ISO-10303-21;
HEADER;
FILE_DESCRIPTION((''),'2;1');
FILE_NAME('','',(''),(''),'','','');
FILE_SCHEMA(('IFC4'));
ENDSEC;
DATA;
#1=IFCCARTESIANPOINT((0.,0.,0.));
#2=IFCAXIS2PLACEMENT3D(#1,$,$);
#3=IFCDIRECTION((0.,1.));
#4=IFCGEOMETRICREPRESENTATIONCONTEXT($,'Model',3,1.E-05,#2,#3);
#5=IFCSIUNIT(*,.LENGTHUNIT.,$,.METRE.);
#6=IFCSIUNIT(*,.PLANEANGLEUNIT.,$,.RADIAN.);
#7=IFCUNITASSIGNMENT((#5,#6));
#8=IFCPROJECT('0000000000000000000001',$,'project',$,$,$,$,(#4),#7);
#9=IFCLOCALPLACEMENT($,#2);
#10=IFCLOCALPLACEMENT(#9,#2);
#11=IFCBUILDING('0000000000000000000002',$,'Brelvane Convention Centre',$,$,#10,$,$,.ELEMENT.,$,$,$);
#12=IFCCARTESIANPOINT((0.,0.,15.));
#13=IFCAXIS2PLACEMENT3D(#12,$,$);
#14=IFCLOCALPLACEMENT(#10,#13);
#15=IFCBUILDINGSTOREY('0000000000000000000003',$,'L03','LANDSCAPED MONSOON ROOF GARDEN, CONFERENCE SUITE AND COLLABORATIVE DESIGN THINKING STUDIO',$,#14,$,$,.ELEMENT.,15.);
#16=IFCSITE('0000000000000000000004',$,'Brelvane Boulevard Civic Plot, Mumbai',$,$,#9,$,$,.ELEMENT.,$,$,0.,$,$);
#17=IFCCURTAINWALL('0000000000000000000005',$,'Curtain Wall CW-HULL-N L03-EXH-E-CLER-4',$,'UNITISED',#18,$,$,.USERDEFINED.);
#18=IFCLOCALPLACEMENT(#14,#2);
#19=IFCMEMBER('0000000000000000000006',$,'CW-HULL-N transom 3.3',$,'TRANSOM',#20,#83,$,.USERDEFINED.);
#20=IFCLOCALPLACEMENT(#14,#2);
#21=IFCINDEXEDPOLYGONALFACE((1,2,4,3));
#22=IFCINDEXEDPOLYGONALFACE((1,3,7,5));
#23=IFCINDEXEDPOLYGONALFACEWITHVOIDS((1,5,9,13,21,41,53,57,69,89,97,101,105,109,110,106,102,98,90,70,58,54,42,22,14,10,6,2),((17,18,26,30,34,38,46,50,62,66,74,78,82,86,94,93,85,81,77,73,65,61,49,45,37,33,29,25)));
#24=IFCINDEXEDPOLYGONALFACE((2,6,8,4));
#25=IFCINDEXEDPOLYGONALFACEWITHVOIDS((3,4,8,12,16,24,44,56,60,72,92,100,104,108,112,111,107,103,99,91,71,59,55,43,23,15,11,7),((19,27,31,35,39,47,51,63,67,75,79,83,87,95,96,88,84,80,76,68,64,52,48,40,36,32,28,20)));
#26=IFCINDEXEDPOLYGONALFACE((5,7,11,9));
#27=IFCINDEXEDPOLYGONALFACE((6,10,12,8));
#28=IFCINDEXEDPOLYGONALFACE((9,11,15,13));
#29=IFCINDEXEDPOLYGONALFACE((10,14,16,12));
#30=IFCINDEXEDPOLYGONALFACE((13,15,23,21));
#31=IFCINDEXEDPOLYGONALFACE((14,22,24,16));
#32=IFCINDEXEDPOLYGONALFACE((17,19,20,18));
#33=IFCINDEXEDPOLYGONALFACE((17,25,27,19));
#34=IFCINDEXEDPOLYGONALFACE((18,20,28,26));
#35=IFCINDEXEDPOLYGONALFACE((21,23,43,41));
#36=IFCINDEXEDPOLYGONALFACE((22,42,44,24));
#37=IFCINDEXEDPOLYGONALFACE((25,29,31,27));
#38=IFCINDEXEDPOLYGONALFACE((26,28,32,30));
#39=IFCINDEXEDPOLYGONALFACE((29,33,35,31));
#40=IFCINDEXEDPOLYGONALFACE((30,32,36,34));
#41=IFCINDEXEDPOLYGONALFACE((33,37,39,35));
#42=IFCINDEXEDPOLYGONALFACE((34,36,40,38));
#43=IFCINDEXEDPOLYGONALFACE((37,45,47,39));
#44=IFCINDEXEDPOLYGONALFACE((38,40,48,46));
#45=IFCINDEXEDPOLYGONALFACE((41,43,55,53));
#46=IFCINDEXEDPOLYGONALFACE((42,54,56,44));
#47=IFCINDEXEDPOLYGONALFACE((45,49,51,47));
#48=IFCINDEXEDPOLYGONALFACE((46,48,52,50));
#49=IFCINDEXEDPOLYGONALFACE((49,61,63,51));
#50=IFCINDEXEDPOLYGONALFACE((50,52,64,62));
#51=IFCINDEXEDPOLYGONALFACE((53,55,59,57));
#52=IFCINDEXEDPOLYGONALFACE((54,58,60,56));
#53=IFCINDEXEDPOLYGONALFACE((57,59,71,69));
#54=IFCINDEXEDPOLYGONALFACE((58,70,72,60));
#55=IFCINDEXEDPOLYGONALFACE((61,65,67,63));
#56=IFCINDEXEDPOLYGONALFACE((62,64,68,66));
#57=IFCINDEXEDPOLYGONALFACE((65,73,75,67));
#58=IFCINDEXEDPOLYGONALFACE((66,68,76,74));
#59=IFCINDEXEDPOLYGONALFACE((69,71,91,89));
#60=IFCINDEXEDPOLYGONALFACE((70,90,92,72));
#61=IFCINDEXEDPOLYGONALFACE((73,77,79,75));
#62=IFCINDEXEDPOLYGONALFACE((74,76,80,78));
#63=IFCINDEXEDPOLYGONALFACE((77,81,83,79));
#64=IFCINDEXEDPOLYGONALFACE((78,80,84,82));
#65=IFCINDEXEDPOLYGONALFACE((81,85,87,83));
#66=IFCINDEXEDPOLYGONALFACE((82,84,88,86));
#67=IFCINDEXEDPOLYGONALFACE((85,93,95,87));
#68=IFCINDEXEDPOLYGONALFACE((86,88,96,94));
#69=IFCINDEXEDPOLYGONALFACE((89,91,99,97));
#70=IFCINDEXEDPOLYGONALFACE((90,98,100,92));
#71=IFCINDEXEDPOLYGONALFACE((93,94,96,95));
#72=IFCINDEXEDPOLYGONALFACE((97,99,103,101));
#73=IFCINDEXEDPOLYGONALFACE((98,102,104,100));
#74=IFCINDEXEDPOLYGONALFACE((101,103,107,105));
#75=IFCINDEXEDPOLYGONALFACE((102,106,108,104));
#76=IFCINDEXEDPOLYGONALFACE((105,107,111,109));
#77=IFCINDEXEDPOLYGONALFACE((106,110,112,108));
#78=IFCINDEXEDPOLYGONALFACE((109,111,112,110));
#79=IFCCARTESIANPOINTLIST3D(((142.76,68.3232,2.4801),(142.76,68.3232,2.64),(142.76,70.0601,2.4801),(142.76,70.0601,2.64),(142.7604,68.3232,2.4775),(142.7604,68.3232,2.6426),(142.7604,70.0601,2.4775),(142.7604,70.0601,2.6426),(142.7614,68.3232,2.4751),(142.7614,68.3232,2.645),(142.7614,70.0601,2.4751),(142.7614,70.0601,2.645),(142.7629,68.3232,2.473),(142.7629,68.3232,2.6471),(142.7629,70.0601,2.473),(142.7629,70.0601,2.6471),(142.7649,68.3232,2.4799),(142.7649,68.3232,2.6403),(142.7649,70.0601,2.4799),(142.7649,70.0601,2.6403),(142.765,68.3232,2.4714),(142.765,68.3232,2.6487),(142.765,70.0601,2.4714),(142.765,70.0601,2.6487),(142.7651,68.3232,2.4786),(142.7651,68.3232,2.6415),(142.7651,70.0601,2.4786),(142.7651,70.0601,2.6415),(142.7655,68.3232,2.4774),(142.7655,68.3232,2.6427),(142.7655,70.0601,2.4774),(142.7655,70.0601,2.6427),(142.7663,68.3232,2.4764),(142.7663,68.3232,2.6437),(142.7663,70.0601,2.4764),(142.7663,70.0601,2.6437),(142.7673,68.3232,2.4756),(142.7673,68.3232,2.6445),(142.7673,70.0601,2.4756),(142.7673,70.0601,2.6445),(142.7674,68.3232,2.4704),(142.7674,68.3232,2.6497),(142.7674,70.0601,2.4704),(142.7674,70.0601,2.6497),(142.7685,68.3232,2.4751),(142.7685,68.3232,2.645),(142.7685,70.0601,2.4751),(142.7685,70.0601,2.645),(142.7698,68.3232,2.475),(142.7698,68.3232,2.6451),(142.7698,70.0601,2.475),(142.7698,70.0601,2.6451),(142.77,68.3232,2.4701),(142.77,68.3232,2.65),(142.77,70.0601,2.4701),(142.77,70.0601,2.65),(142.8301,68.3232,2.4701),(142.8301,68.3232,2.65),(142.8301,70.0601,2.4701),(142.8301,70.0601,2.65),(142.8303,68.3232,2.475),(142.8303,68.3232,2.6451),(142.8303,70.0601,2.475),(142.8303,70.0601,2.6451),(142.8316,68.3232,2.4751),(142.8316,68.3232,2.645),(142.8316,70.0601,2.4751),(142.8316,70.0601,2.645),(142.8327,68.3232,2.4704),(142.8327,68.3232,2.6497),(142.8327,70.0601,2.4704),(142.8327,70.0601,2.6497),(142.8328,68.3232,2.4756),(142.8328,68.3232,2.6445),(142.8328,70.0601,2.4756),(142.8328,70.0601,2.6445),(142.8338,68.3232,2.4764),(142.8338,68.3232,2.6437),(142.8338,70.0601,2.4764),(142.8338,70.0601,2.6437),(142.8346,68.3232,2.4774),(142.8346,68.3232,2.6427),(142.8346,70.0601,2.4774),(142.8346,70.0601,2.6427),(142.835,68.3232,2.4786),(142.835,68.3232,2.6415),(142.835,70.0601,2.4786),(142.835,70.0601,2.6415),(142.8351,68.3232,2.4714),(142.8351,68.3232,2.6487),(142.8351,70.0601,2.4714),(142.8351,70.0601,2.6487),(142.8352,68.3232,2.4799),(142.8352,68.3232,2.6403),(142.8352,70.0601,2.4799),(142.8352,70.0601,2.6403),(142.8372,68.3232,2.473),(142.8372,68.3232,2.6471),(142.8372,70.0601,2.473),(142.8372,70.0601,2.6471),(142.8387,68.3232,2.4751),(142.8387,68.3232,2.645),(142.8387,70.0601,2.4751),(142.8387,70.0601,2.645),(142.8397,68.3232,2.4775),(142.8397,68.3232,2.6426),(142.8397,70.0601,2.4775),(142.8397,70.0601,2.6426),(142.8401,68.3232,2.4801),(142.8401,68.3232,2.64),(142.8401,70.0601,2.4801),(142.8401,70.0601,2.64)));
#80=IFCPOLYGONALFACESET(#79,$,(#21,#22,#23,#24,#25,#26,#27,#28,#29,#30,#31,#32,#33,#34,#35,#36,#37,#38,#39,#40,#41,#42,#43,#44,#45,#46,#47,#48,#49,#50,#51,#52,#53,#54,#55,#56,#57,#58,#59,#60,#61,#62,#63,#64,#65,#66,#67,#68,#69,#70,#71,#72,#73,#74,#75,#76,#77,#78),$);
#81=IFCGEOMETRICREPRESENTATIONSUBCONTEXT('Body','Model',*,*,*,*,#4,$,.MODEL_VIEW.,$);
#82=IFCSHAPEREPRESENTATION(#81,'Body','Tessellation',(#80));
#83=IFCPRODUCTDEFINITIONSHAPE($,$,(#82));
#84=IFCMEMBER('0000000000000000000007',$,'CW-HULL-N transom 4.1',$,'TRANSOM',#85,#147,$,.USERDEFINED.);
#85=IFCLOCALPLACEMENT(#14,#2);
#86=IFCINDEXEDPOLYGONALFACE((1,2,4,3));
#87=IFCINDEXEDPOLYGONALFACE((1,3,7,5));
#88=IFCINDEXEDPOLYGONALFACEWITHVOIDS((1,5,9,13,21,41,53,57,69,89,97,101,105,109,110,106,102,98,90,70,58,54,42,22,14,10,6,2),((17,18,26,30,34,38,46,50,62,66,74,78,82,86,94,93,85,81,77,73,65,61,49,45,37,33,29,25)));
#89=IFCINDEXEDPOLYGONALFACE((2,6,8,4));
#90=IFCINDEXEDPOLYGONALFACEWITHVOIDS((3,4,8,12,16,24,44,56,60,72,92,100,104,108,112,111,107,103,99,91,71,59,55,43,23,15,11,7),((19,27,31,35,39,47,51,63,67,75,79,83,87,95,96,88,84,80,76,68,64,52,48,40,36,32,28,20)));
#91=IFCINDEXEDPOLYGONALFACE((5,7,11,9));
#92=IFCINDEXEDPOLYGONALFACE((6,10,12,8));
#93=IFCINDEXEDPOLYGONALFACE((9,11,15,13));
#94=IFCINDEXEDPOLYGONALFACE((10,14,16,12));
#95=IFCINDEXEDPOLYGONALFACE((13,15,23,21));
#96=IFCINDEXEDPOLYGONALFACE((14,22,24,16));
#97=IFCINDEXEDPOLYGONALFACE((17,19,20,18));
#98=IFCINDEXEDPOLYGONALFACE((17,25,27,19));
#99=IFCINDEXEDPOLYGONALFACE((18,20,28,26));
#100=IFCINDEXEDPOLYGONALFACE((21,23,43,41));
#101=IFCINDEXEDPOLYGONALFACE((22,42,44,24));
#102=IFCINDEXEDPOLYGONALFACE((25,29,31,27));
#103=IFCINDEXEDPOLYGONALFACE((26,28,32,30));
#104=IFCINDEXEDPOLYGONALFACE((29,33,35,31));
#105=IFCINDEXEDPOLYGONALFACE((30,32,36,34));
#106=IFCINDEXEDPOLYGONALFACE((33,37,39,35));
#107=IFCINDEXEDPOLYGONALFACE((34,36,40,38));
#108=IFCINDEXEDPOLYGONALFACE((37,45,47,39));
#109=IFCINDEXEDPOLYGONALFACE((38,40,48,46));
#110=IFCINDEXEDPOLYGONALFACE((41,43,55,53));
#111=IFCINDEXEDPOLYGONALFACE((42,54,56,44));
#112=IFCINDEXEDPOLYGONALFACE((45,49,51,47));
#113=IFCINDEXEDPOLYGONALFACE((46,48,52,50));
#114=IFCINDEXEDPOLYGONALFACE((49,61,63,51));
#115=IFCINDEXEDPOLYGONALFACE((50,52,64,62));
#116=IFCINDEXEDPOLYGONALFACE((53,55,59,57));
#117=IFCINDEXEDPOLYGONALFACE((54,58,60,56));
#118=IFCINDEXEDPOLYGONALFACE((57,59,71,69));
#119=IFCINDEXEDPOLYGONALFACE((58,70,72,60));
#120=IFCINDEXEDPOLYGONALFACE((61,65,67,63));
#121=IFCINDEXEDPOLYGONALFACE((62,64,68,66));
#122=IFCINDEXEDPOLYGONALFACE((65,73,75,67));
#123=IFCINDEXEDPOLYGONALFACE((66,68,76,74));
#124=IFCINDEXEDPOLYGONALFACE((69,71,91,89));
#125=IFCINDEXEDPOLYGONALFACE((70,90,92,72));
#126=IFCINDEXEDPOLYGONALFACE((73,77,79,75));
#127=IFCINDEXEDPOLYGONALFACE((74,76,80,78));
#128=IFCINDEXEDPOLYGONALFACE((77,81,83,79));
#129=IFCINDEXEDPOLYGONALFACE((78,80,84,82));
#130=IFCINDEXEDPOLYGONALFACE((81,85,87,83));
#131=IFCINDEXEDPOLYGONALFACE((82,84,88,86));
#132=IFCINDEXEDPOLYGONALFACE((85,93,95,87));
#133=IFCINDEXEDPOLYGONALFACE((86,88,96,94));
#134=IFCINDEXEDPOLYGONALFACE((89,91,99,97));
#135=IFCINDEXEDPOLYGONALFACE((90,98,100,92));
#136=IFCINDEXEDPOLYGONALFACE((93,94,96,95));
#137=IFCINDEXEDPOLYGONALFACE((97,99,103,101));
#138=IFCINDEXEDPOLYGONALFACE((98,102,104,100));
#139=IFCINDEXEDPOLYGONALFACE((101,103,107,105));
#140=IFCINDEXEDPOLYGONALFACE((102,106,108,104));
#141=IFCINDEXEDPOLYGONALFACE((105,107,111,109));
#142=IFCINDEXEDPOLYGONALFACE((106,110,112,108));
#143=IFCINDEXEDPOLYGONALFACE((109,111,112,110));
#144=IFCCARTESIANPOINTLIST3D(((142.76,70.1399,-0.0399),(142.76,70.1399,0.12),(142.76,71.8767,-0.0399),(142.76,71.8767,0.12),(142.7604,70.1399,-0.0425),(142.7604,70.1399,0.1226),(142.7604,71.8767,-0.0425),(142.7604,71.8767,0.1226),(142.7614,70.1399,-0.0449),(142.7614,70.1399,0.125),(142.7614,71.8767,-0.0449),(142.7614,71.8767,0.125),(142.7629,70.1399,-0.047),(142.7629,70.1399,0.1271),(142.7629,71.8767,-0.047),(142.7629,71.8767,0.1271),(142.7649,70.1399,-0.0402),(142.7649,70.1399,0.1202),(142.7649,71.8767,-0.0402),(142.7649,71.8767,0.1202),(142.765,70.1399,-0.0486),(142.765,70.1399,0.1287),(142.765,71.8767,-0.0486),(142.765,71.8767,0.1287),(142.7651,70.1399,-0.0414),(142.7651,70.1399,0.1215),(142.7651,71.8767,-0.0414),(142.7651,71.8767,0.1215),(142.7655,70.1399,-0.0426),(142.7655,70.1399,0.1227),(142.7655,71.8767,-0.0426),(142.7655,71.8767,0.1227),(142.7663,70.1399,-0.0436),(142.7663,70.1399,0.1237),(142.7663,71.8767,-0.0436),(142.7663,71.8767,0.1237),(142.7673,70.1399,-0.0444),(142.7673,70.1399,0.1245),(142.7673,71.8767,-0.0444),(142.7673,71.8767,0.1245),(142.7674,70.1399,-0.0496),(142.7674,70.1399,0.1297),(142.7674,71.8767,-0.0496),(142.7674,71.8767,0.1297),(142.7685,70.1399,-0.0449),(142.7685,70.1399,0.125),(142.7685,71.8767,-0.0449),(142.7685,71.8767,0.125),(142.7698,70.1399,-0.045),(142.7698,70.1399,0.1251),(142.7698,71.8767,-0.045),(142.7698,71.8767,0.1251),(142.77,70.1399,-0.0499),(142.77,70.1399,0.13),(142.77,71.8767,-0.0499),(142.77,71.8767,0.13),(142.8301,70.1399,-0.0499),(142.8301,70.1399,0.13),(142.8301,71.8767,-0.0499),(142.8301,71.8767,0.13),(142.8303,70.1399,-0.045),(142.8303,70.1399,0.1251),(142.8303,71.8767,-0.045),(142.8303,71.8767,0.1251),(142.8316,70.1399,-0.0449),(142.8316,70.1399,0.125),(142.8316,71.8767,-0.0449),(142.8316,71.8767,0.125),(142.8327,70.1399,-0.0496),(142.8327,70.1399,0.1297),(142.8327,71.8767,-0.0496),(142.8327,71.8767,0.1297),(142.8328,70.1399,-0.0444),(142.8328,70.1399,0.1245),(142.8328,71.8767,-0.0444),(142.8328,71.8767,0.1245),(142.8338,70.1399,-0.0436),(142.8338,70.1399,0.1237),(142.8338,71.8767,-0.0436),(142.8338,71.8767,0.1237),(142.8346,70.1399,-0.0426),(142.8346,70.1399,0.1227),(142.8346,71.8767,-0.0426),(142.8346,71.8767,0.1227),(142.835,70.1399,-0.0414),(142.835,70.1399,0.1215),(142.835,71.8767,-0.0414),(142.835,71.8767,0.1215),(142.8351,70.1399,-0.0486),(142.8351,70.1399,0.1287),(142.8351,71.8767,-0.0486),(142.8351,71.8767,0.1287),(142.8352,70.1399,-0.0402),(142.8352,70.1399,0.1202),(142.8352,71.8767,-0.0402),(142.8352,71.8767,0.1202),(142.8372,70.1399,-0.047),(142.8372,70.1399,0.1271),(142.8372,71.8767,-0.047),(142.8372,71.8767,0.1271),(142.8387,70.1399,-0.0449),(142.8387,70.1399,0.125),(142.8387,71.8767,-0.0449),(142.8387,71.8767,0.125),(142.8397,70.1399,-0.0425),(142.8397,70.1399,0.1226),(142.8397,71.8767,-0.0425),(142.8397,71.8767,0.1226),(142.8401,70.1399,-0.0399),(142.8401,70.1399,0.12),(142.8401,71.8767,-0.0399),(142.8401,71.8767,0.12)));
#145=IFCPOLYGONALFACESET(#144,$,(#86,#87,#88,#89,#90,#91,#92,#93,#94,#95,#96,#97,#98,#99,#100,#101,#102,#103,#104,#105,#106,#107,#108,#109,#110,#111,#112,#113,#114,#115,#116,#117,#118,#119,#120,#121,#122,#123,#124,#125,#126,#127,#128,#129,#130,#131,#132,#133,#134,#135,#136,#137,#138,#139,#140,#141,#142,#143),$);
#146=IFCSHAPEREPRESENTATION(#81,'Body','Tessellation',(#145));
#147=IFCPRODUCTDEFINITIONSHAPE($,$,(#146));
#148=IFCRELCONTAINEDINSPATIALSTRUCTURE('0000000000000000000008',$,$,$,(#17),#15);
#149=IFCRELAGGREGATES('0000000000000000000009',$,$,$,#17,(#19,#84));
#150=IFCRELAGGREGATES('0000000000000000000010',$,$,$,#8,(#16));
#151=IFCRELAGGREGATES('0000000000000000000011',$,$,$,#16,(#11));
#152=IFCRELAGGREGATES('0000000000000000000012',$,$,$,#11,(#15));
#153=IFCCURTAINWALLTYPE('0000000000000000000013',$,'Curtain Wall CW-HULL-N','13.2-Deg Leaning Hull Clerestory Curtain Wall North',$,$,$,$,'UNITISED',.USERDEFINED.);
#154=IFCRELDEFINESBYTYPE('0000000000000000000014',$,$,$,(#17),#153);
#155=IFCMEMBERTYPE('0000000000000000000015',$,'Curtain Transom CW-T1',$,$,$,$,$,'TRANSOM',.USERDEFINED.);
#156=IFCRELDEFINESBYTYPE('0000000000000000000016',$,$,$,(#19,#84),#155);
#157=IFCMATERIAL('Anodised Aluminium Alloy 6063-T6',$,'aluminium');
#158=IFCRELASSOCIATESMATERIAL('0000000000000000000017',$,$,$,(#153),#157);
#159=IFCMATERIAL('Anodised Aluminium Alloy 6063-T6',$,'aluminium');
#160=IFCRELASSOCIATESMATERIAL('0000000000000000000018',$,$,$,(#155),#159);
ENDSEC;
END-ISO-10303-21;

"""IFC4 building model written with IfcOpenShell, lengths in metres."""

from ifc_helpers import new_model, si_unit, direction, frame, origin, origin_2d, place, context, subcontext, project, spatial, hollow_rectangle, extrude, material, material_profile, profile_set, type_object, element, aggregate, save


model = new_model("IFC4")

# Units and contexts
model_context = context("Model", 3, precision=1e-05, world=origin(), true_north=direction((0.0, 1.0)))
body_context = subcontext(model_context, "Body", "Model", "MODEL_VIEW")
ifc_project = project(units=[si_unit("LENGTHUNIT", "METRE"), si_unit("PLANEANGLEUNIT", "RADIAN")], contexts=[model_context])

# Site, building, storey
site_placement = place(None, origin())
site = spatial("IfcSite", under=ifc_project, at=site_placement, Name="Brelvane Boulevard Civic Plot, Mumbai", CompositionType="ELEMENT", RefElevation=0.0)
building_placement = place(site_placement, origin())
building = spatial("IfcBuilding", under=site, at=building_placement, Name="Brelvane Convention Centre", CompositionType="ELEMENT")
storey_placement = place(building_placement, frame((0.0, 0.0, 15.0)))
storey = spatial("IfcBuildingStorey", under=building, at=storey_placement, Name="L03", Description="LANDSCAPED MONSOON ROOF GARDEN, CONFERENCE SUITE AND COLLABORATIVE DESIGN THINKING STUDIO", CompositionType="ELEMENT", Elevation=15.0)

# Curtain wall, members
ifc_material_1 = material(Name="Anodised Aluminium Alloy 6063-T6", Category="aluminium")
curtain_wall_type = type_object("IfcCurtainWallType", Name="Curtain Wall CW-HULL-N", Description="13.2-Deg Leaning Hull Clerestory Curtain Wall North", ElementType="UNITISED", PredefinedType="USERDEFINED", material=ifc_material_1)
curtain_wall_placement = place(storey_placement, origin())
curtain_wall = element("IfcCurtainWall", 1, at=curtain_wall_placement, inside=storey, type_object=curtain_wall_type, Name="Curtain Wall CW-HULL-N L03-EXH-E-CLER-4", ObjectType="UNITISED", PredefinedType="USERDEFINED")
ifc_material_2 = material(Name="Anodised Aluminium Alloy 6063-T6", Category="aluminium")
ifc_material_profile_1 = material_profile(ifc_material_2, hollow_rectangle(XDim=0.0801, YDim=0.1799, WallThickness=0.0049, InnerFilletRadius=0.0049, OuterFilletRadius=0.01, at=origin_2d()), Name="ALU-T 180x80x5.0")
ifc_profile_set_1 = profile_set([ifc_material_profile_1], Name="Anodised Aluminium Alloy 6063-T6")
member_type_1 = type_object("IfcMemberType", Name="Curtain Transom CW-T1", ElementType="TRANSOM", PredefinedType="USERDEFINED", material=ifc_profile_set_1)
member_1_placement = place(storey_placement, frame((142.8, 68.3232, 2.5601), z_axis=(0.0, 1.0, 0.0), x_axis=(-1.0, 0.0, 0.0)))
member_1 = element("IfcMember", 2, at=member_1_placement, type_object=member_type_1, Name="CW-HULL-N transom 3.3", ObjectType="TRANSOM", PredefinedType="USERDEFINED", context=body_context, shape_type="SweptSolid", body=[
    extrude(hollow_rectangle(XDim=0.0801, YDim=0.1799, WallThickness=0.0049, InnerFilletRadius=0.0049, OuterFilletRadius=0.01, at=origin_2d()), origin(), (0.0, 0.0, 1.0), 1.7368),
])
member_2_placement = place(storey_placement, frame((142.8, 70.1399, 0.04), z_axis=(0.0, 1.0, 0.0), x_axis=(-1.0, 0.0, 0.0)))
member_2 = element("IfcMember", 3, at=member_2_placement, type_object=member_type_1, Name="CW-HULL-N transom 4.1", ObjectType="TRANSOM", PredefinedType="USERDEFINED", context=body_context, shape_type="SweptSolid", body=[
    extrude(hollow_rectangle(XDim=0.0801, YDim=0.1799, WallThickness=0.0049, InnerFilletRadius=0.0049, OuterFilletRadius=0.01, at=origin_2d()), origin(), (0.0, 0.0, 1.0), 1.7368),
])

aggregate(curtain_wall, [member_1, member_2])

save(model, "model.ifc")
